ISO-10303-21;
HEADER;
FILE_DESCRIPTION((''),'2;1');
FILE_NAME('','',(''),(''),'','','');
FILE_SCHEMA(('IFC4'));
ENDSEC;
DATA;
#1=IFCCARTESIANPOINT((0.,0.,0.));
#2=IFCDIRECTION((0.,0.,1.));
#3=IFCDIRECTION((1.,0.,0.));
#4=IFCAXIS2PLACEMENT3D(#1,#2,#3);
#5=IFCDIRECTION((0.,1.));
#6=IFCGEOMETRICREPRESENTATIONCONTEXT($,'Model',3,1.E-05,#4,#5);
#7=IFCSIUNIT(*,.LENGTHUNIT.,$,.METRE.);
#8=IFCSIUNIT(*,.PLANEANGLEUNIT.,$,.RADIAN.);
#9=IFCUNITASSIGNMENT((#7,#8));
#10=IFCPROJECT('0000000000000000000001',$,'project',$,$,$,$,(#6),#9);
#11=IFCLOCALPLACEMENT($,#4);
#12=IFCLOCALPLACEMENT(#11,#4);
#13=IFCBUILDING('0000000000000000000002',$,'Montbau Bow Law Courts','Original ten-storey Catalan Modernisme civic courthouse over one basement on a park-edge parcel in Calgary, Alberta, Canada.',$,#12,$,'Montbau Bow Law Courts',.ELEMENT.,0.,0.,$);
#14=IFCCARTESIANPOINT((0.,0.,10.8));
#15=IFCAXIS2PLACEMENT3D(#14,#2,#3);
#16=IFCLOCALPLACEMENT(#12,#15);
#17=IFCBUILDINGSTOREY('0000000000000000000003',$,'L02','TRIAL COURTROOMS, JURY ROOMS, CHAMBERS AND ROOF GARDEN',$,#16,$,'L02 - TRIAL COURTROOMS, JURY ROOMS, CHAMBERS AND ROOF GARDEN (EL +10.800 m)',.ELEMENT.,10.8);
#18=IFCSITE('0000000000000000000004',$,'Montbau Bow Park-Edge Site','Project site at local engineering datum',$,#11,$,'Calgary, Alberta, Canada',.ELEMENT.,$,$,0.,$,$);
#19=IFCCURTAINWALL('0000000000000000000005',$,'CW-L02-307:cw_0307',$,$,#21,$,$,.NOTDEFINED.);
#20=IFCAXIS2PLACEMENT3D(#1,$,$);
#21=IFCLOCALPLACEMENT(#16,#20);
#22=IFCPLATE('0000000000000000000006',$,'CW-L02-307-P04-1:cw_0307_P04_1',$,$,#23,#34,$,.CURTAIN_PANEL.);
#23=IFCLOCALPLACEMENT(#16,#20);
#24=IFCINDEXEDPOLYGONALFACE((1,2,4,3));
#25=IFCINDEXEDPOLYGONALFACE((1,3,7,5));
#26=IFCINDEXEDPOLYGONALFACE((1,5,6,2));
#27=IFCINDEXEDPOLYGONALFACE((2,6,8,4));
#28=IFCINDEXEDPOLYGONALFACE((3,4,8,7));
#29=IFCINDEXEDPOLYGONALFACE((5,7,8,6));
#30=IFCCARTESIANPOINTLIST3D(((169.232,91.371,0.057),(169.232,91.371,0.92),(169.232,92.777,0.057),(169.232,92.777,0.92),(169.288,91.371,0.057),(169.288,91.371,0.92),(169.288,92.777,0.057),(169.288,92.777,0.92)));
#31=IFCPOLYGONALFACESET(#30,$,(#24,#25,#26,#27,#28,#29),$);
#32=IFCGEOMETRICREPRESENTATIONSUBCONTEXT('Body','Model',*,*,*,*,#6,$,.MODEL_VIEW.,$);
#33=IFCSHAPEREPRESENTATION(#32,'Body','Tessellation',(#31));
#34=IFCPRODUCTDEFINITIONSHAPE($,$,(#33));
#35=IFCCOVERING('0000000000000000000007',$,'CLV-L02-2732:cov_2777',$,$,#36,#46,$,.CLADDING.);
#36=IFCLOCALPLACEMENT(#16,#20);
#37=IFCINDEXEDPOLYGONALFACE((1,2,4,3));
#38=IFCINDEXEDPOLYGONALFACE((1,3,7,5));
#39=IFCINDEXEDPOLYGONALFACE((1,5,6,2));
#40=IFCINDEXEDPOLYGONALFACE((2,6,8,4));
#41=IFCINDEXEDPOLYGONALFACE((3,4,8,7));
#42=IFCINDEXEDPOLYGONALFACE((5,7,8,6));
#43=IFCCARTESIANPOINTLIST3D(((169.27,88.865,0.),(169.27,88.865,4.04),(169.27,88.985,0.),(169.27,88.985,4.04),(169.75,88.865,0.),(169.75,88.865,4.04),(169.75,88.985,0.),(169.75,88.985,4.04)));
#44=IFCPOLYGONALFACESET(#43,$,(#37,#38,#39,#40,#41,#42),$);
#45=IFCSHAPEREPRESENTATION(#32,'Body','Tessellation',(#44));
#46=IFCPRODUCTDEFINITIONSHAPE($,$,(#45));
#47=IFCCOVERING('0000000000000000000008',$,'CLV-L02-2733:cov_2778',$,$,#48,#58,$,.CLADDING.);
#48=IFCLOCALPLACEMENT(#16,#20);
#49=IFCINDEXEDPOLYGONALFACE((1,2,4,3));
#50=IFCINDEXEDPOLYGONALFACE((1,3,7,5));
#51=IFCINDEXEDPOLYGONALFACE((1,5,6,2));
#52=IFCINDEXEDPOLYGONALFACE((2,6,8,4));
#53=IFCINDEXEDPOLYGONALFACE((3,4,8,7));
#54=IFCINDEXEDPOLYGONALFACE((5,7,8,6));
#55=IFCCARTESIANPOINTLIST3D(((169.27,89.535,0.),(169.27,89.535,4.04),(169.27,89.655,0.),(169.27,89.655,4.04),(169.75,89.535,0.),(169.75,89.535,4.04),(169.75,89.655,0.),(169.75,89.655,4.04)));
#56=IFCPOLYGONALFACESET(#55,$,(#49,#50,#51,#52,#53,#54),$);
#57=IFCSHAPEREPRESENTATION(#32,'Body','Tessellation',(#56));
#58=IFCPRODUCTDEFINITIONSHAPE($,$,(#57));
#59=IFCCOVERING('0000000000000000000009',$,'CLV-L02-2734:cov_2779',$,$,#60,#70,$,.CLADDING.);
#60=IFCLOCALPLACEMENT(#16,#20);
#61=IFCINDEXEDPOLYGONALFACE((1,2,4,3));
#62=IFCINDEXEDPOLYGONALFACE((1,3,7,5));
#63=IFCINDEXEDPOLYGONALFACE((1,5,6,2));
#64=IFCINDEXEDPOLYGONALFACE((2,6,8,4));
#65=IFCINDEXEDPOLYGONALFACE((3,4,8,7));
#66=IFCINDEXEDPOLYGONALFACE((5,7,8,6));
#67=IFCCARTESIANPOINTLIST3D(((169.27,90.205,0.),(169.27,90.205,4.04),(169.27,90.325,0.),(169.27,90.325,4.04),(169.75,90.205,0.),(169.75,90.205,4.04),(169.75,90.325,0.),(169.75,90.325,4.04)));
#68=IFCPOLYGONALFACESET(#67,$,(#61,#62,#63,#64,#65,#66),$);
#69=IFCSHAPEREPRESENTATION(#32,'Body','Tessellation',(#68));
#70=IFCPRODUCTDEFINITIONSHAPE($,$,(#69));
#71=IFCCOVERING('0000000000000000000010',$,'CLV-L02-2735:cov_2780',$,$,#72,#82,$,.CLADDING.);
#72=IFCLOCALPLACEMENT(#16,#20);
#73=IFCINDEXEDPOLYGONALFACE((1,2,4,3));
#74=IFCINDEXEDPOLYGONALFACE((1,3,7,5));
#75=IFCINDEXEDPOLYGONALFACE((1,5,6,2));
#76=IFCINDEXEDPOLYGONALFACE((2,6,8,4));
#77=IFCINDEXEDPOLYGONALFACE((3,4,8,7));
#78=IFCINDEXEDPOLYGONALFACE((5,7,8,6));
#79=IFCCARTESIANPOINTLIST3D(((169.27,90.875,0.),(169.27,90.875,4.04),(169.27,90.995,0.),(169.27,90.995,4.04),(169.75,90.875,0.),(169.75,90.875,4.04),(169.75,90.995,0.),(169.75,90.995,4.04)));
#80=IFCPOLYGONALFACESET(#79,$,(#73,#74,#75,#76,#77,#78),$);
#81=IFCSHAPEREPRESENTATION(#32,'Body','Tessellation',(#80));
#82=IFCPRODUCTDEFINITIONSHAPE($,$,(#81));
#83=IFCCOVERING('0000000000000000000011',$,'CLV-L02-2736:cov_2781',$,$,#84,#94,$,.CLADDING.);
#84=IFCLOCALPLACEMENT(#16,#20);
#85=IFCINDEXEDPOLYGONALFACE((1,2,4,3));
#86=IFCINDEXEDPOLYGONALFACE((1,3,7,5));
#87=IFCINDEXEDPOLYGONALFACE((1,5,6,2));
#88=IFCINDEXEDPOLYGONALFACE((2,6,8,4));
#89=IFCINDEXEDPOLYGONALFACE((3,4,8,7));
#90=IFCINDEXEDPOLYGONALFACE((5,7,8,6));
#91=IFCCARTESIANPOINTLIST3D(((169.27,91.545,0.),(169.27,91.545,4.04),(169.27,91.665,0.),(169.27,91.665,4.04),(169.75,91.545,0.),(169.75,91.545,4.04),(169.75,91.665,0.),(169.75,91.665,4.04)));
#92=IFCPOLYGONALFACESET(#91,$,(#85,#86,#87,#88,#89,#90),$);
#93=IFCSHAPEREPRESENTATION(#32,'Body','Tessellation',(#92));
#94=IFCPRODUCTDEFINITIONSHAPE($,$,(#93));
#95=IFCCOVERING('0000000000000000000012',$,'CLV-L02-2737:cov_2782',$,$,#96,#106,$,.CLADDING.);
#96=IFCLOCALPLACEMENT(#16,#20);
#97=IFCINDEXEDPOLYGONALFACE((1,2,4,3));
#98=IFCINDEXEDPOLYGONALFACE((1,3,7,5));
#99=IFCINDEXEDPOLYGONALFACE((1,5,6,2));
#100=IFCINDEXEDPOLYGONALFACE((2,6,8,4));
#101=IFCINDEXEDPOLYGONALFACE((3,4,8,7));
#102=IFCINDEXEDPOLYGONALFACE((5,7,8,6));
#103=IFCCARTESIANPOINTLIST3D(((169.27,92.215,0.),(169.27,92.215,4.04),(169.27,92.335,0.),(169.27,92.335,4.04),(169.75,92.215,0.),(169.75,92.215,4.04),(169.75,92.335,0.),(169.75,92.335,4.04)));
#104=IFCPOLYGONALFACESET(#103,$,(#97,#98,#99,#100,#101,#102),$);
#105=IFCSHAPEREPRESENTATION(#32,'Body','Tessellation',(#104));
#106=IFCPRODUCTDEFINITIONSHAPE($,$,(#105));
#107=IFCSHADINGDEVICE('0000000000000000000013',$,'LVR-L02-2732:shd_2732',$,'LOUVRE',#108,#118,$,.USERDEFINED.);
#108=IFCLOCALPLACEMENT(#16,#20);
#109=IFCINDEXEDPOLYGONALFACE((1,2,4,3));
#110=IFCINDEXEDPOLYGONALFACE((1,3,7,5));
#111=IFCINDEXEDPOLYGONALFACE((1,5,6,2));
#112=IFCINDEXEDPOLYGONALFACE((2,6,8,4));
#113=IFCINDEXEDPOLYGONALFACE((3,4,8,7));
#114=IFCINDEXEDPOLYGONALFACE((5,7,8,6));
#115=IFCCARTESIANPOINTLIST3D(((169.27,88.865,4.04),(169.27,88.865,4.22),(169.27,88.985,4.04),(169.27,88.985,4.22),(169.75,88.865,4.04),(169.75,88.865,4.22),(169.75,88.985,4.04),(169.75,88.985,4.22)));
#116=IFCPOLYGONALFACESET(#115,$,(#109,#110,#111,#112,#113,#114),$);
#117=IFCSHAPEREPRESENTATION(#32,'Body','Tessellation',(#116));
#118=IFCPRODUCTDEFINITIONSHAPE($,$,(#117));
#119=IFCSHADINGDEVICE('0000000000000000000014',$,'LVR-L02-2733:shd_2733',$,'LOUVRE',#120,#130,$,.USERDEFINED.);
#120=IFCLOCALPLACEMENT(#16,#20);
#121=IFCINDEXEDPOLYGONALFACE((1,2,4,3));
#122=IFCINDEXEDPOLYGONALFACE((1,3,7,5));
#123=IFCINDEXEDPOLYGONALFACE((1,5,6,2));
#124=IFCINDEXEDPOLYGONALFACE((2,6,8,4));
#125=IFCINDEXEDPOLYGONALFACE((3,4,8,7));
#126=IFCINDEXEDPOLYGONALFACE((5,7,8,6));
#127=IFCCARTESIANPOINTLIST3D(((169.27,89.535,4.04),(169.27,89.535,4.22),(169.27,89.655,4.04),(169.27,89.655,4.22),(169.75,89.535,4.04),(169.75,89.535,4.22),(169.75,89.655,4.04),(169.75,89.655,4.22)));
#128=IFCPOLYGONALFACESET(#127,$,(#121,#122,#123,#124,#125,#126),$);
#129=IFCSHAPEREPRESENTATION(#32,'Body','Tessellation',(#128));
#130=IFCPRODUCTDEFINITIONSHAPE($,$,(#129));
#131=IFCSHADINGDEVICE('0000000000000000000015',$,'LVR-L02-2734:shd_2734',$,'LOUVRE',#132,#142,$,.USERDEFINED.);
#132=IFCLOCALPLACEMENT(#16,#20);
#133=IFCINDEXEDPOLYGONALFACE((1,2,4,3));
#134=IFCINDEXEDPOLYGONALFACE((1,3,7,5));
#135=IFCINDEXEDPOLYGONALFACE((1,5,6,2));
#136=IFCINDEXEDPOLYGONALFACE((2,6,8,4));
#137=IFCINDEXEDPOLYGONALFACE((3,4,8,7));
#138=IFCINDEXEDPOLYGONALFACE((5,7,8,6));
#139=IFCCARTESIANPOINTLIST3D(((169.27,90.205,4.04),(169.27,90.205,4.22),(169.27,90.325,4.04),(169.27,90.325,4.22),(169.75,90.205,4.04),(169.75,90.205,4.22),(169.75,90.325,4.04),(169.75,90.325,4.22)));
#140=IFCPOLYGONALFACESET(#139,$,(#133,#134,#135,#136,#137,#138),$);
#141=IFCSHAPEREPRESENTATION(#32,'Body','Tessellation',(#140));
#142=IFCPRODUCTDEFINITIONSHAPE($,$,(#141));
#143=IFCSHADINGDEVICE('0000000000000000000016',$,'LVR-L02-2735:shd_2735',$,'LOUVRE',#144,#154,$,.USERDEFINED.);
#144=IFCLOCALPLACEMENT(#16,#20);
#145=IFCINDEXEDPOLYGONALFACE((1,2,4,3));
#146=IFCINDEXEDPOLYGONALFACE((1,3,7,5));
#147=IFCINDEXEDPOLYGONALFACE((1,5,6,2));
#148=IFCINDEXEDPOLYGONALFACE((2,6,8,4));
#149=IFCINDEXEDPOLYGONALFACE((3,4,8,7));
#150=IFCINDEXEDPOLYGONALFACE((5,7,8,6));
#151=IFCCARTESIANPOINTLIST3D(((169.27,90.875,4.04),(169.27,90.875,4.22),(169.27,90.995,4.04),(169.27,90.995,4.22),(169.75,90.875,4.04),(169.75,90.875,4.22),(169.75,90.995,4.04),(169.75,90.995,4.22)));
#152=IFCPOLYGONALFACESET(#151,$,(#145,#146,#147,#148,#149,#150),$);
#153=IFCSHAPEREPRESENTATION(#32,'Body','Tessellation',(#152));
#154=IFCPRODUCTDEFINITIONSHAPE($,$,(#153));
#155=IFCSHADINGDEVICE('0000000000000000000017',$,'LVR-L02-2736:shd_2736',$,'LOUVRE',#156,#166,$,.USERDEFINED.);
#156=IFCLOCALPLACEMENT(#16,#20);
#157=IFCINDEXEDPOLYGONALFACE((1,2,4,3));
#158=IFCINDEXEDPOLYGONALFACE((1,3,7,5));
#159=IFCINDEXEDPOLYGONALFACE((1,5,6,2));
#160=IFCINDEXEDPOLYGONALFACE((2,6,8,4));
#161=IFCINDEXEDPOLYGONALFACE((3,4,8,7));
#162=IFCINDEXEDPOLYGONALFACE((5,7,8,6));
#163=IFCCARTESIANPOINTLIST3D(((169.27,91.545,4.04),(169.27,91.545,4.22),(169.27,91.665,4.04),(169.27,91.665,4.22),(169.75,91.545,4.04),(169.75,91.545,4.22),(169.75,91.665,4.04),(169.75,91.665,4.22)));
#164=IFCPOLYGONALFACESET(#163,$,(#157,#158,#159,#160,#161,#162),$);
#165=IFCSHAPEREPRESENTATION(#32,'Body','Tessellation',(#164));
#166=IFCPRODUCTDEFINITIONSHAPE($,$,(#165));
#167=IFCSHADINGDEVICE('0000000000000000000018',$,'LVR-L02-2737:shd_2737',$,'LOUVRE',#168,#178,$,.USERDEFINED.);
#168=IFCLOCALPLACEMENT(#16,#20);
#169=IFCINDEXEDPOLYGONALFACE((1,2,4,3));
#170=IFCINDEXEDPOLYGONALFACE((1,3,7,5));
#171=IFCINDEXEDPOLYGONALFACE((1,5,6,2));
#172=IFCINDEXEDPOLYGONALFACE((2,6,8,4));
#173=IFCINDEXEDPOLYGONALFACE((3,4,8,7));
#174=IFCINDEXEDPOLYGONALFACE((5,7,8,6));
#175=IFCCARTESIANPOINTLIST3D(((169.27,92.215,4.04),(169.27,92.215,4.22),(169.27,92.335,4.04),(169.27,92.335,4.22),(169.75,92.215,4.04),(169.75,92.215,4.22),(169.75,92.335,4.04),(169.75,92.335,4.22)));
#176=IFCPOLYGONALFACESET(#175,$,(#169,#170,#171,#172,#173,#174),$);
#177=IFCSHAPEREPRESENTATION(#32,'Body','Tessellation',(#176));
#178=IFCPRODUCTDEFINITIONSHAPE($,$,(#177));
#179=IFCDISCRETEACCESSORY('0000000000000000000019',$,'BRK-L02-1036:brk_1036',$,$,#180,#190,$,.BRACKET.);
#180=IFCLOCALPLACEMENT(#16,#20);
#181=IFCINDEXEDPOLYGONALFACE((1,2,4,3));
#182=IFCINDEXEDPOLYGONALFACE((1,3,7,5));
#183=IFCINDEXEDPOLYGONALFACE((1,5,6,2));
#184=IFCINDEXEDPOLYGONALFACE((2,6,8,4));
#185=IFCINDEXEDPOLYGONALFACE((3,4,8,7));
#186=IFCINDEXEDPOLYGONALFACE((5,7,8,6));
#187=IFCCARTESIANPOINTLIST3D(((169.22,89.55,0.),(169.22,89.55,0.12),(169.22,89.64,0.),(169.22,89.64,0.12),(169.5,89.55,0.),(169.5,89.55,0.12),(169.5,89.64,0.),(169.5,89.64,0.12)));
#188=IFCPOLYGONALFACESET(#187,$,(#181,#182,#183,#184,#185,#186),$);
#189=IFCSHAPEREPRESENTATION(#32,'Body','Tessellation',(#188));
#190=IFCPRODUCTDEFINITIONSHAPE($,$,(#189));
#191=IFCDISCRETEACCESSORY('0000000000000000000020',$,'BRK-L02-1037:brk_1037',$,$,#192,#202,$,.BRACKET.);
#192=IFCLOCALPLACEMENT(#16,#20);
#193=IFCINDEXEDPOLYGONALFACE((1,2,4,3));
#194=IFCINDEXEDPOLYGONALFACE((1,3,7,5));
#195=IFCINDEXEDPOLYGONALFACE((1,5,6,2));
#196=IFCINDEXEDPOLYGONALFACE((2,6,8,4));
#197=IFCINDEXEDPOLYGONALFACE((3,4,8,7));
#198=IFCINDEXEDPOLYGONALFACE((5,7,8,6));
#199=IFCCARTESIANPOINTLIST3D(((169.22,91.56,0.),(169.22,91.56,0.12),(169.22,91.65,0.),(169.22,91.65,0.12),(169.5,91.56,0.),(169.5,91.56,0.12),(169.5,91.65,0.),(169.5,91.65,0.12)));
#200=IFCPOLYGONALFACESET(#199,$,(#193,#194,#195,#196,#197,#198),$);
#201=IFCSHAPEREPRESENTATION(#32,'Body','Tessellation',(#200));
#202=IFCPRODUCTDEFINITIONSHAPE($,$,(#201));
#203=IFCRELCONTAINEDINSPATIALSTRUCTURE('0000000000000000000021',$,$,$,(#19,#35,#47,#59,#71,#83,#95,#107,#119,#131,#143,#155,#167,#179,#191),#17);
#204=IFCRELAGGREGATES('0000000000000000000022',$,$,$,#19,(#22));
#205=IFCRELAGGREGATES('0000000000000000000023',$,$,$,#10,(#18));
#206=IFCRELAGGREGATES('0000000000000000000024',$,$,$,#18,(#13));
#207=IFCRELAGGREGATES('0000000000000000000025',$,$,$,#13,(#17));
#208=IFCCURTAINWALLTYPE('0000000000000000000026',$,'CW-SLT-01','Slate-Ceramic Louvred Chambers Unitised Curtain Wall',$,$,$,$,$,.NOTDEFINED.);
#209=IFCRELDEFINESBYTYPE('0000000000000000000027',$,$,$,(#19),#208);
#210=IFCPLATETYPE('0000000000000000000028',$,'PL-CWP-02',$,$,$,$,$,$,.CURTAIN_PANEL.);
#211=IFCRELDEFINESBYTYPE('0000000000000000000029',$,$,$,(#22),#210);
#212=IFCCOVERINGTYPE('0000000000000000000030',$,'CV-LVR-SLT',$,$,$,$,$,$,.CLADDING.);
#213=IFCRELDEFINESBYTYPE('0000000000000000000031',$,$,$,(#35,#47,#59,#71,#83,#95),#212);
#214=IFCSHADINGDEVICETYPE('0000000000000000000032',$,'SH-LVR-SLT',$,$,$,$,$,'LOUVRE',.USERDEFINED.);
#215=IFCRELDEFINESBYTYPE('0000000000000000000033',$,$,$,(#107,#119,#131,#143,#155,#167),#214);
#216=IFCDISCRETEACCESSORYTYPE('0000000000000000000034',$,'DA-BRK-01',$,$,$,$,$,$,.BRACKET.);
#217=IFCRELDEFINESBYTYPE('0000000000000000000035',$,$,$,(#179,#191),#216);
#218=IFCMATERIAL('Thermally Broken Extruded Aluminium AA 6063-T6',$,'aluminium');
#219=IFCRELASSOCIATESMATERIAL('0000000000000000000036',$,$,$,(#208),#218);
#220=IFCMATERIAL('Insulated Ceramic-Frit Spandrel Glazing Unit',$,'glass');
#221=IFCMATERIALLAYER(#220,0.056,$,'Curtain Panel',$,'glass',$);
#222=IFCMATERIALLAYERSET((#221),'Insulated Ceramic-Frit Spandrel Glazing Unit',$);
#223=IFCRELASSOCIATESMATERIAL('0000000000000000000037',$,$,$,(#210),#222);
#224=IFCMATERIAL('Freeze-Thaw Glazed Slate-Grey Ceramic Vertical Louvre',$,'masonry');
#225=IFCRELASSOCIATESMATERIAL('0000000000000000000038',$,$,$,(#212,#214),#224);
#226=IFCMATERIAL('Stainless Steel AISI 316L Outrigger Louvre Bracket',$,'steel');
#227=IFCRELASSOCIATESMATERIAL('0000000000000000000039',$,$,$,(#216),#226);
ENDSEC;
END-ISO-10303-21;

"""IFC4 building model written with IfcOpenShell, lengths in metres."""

from ifc_helpers import new_model, si_unit, direction, frame, frame_2d, origin_with_axes, origin_2d_with_axis, place, context, subcontext, project, spatial, rectangle, extrude, material, layer, layer_set, type_object, element, aggregate, save


model = new_model("IFC4")

# Units and contexts
model_context = context("Model", 3, precision=1e-05, world=origin_with_axes(), true_north=direction((0.0, 1.0)))
body_context = subcontext(model_context, "Body", "Model", "MODEL_VIEW")
ifc_project = project(units=[si_unit("LENGTHUNIT", "METRE"), si_unit("PLANEANGLEUNIT", "RADIAN")], contexts=[model_context])

# Site, building, storey
site_placement = place(None, origin_with_axes())
site = spatial("IfcSite", under=ifc_project, at=site_placement, Name="Montbau Bow Park-Edge Site", Description="Project site at local engineering datum", LongName="Calgary, Alberta, Canada", CompositionType="ELEMENT", RefElevation=0.0)
building_placement = place(site_placement, origin_with_axes())
building = spatial("IfcBuilding", under=site, at=building_placement, Name="Montbau Bow Law Courts", Description="Original ten-storey Catalan Modernisme civic courthouse over one basement on a park-edge parcel in Calgary, Alberta, Canada.", LongName="Montbau Bow Law Courts", CompositionType="ELEMENT", ElevationOfRefHeight=0.0, ElevationOfTerrain=0.0)
storey_placement = place(building_placement, frame((0.0, 0.0, 10.8), z_axis=(0.0, 0.0, 1.0), x_axis=(1.0, 0.0, 0.0)))
storey = spatial("IfcBuildingStorey", under=building, at=storey_placement, Name="L02", Description="TRIAL COURTROOMS, JURY ROOMS, CHAMBERS AND ROOF GARDEN", LongName="L02 - TRIAL COURTROOMS, JURY ROOMS, CHAMBERS AND ROOF GARDEN (EL +10.800 m)", CompositionType="ELEMENT", Elevation=10.8)

# Curtain wall, plate
ifc_material_1 = material(Name="Thermally Broken Extruded Aluminium AA 6063-T6", Category="aluminium")
curtain_wall_type = type_object("IfcCurtainWallType", Name="CW-SLT-01", Description="Slate-Ceramic Louvred Chambers Unitised Curtain Wall", PredefinedType="NOTDEFINED", material=ifc_material_1)
curtain_wall_placement = place(None, frame((169.26, 86.915, 10.8), z_axis=(0.0, 0.0, 1.0), x_axis=(1.0, 0.0, 0.0)))
curtain_wall = element("IfcCurtainWall", 1, at=curtain_wall_placement, inside=storey, type_object=curtain_wall_type, Name="CW-L02-307:cw_0307", PredefinedType="NOTDEFINED")
ifc_material_2 = material(Name="Insulated Ceramic-Frit Spandrel Glazing Unit", Category="glass")
ifc_layer_1 = layer(ifc_material_2, 0.056, Name="Curtain Panel", Category="glass")
ifc_layer_set_1 = layer_set([ifc_layer_1], Name="Insulated Ceramic-Frit Spandrel Glazing Unit")
plate_type_1 = type_object("IfcPlateType", Name="PL-CWP-02", PredefinedType="CURTAIN_PANEL", material=ifc_layer_set_1)
plate_1_placement = place(None, frame((169.26, 91.371, 10.857), z_axis=(1.0, 0.0, 0.0), x_axis=(0.0, 1.0, 0.0)))
plate_1 = element("IfcPlate", 2, at=plate_1_placement, type_object=plate_type_1, Name="CW-L02-307-P04-1:cw_0307_P04_1", PredefinedType="CURTAIN_PANEL", context=body_context, shape_type="SweptSolid", body=[
    extrude(rectangle(XDim=1.406, YDim=0.863, at=frame_2d((0.703, 0.4315), x_axis=(1.0, 0.0))), frame((0.0, 0.0, -0.028), z_axis=(0.0, 0.0, 1.0), x_axis=(1.0, 0.0, 0.0)), (0.0, 0.0, 1.0), 0.056),
])
aggregate(curtain_wall, [plate_1])

# Coverings
ifc_material_3 = material(Name="Freeze-Thaw Glazed Slate-Grey Ceramic Vertical Louvre", Category="masonry")
covering_type = type_object("IfcCoveringType", Name="CV-LVR-SLT", PredefinedType="CLADDING", material=ifc_material_3)
for number, where, z_axis, x_axis, name in (
    (3, (169.27, 88.925, 10.8), (0.0, -1.0, 0.0), (1.0, 0.0, 0.0), "CLV-L02-2732:cov_2777"),
    (4, (169.27, 89.595, 10.8), (0.0, -1.0, 0.0), (1.0, 0.0, 0.0), "CLV-L02-2733:cov_2778"),
    (5, (169.27, 90.265, 10.8), (0.0, -1.0, 0.0), (1.0, 0.0, 0.0), "CLV-L02-2734:cov_2779"),
    (6, (169.27, 90.935, 10.8), (0.0, -1.0, 0.0), (1.0, 0.0, 0.0), "CLV-L02-2735:cov_2780"),
    (7, (169.27, 91.605, 10.8), (0.0, -1.0, 0.0), (1.0, 0.0, 0.0), "CLV-L02-2736:cov_2781"),
    (8, (169.27, 92.275, 10.8), (0.0, -1.0, 0.0), (1.0, 0.0, 0.0), "CLV-L02-2737:cov_2782"),
):
    element("IfcCovering", number, at=place(None, frame(where, z_axis=z_axis, x_axis=x_axis)), inside=storey, type_object=covering_type, Name=name, PredefinedType="CLADDING", context=body_context, shape_type="SweptSolid", body=[
        extrude(rectangle(XDim=0.48, YDim=4.04, at=frame_2d((0.24, 2.02), x_axis=(1.0, 0.0))), frame((0.0, 0.0, -0.06), z_axis=(0.0, 0.0, 1.0), x_axis=(1.0, 0.0, 0.0)), (0.0, 0.0, 1.0), 0.12),
    ])

# Shading devices
shading_device_type = type_object("IfcShadingDeviceType", Name="SH-LVR-SLT", ElementType="LOUVRE", PredefinedType="USERDEFINED", material=ifc_material_3)
for number, where, z_axis, x_axis, name in (
    (9, (169.51, 88.925, 14.84), (0.0, 0.0, 1.0), (1.0, 0.0, 0.0), "LVR-L02-2732:shd_2732"),
    (10, (169.51, 89.595, 14.84), (0.0, 0.0, 1.0), (1.0, 0.0, 0.0), "LVR-L02-2733:shd_2733"),
    (11, (169.51, 90.265, 14.84), (0.0, 0.0, 1.0), (1.0, 0.0, 0.0), "LVR-L02-2734:shd_2734"),
    (12, (169.51, 90.935, 14.84), (0.0, 0.0, 1.0), (1.0, 0.0, 0.0), "LVR-L02-2735:shd_2735"),
    (13, (169.51, 91.605, 14.84), (0.0, 0.0, 1.0), (1.0, 0.0, 0.0), "LVR-L02-2736:shd_2736"),
    (14, (169.51, 92.275, 14.84), (0.0, 0.0, 1.0), (1.0, 0.0, 0.0), "LVR-L02-2737:shd_2737"),
):
    element("IfcShadingDevice", number, at=place(None, frame(where, z_axis=z_axis, x_axis=x_axis)), inside=storey, type_object=shading_device_type, Name=name, ObjectType="LOUVRE", PredefinedType="USERDEFINED", context=body_context, shape_type="SweptSolid", body=[
        extrude(rectangle(XDim=0.48, YDim=0.12, at=origin_2d_with_axis()), origin_with_axes(), (0.0, 0.0, 1.0), 0.18),
    ])

# Discrete accessories
ifc_material_4 = material(Name="Stainless Steel AISI 316L Outrigger Louvre Bracket", Category="steel")
discrete_accessory_type = type_object("IfcDiscreteAccessoryType", Name="DA-BRK-01", PredefinedType="BRACKET", material=ifc_material_4)
for number, where, z_axis, x_axis, name in (
    (15, (169.36, 89.595, 10.8), (0.0, 0.0, 1.0), (1.0, 0.0, 0.0), "BRK-L02-1036:brk_1036"),
    (16, (169.36, 91.605, 10.8), (0.0, 0.0, 1.0), (1.0, 0.0, 0.0), "BRK-L02-1037:brk_1037"),
):
    element("IfcDiscreteAccessory", number, at=place(None, frame(where, z_axis=z_axis, x_axis=x_axis)), inside=storey, type_object=discrete_accessory_type, Name=name, PredefinedType="BRACKET", context=body_context, shape_type="SweptSolid", body=[
        extrude(rectangle(XDim=0.28, YDim=0.09, at=origin_2d_with_axis()), origin_with_axes(), (0.0, 0.0, 1.0), 0.12),
    ])

save(model, "model.ifc")
